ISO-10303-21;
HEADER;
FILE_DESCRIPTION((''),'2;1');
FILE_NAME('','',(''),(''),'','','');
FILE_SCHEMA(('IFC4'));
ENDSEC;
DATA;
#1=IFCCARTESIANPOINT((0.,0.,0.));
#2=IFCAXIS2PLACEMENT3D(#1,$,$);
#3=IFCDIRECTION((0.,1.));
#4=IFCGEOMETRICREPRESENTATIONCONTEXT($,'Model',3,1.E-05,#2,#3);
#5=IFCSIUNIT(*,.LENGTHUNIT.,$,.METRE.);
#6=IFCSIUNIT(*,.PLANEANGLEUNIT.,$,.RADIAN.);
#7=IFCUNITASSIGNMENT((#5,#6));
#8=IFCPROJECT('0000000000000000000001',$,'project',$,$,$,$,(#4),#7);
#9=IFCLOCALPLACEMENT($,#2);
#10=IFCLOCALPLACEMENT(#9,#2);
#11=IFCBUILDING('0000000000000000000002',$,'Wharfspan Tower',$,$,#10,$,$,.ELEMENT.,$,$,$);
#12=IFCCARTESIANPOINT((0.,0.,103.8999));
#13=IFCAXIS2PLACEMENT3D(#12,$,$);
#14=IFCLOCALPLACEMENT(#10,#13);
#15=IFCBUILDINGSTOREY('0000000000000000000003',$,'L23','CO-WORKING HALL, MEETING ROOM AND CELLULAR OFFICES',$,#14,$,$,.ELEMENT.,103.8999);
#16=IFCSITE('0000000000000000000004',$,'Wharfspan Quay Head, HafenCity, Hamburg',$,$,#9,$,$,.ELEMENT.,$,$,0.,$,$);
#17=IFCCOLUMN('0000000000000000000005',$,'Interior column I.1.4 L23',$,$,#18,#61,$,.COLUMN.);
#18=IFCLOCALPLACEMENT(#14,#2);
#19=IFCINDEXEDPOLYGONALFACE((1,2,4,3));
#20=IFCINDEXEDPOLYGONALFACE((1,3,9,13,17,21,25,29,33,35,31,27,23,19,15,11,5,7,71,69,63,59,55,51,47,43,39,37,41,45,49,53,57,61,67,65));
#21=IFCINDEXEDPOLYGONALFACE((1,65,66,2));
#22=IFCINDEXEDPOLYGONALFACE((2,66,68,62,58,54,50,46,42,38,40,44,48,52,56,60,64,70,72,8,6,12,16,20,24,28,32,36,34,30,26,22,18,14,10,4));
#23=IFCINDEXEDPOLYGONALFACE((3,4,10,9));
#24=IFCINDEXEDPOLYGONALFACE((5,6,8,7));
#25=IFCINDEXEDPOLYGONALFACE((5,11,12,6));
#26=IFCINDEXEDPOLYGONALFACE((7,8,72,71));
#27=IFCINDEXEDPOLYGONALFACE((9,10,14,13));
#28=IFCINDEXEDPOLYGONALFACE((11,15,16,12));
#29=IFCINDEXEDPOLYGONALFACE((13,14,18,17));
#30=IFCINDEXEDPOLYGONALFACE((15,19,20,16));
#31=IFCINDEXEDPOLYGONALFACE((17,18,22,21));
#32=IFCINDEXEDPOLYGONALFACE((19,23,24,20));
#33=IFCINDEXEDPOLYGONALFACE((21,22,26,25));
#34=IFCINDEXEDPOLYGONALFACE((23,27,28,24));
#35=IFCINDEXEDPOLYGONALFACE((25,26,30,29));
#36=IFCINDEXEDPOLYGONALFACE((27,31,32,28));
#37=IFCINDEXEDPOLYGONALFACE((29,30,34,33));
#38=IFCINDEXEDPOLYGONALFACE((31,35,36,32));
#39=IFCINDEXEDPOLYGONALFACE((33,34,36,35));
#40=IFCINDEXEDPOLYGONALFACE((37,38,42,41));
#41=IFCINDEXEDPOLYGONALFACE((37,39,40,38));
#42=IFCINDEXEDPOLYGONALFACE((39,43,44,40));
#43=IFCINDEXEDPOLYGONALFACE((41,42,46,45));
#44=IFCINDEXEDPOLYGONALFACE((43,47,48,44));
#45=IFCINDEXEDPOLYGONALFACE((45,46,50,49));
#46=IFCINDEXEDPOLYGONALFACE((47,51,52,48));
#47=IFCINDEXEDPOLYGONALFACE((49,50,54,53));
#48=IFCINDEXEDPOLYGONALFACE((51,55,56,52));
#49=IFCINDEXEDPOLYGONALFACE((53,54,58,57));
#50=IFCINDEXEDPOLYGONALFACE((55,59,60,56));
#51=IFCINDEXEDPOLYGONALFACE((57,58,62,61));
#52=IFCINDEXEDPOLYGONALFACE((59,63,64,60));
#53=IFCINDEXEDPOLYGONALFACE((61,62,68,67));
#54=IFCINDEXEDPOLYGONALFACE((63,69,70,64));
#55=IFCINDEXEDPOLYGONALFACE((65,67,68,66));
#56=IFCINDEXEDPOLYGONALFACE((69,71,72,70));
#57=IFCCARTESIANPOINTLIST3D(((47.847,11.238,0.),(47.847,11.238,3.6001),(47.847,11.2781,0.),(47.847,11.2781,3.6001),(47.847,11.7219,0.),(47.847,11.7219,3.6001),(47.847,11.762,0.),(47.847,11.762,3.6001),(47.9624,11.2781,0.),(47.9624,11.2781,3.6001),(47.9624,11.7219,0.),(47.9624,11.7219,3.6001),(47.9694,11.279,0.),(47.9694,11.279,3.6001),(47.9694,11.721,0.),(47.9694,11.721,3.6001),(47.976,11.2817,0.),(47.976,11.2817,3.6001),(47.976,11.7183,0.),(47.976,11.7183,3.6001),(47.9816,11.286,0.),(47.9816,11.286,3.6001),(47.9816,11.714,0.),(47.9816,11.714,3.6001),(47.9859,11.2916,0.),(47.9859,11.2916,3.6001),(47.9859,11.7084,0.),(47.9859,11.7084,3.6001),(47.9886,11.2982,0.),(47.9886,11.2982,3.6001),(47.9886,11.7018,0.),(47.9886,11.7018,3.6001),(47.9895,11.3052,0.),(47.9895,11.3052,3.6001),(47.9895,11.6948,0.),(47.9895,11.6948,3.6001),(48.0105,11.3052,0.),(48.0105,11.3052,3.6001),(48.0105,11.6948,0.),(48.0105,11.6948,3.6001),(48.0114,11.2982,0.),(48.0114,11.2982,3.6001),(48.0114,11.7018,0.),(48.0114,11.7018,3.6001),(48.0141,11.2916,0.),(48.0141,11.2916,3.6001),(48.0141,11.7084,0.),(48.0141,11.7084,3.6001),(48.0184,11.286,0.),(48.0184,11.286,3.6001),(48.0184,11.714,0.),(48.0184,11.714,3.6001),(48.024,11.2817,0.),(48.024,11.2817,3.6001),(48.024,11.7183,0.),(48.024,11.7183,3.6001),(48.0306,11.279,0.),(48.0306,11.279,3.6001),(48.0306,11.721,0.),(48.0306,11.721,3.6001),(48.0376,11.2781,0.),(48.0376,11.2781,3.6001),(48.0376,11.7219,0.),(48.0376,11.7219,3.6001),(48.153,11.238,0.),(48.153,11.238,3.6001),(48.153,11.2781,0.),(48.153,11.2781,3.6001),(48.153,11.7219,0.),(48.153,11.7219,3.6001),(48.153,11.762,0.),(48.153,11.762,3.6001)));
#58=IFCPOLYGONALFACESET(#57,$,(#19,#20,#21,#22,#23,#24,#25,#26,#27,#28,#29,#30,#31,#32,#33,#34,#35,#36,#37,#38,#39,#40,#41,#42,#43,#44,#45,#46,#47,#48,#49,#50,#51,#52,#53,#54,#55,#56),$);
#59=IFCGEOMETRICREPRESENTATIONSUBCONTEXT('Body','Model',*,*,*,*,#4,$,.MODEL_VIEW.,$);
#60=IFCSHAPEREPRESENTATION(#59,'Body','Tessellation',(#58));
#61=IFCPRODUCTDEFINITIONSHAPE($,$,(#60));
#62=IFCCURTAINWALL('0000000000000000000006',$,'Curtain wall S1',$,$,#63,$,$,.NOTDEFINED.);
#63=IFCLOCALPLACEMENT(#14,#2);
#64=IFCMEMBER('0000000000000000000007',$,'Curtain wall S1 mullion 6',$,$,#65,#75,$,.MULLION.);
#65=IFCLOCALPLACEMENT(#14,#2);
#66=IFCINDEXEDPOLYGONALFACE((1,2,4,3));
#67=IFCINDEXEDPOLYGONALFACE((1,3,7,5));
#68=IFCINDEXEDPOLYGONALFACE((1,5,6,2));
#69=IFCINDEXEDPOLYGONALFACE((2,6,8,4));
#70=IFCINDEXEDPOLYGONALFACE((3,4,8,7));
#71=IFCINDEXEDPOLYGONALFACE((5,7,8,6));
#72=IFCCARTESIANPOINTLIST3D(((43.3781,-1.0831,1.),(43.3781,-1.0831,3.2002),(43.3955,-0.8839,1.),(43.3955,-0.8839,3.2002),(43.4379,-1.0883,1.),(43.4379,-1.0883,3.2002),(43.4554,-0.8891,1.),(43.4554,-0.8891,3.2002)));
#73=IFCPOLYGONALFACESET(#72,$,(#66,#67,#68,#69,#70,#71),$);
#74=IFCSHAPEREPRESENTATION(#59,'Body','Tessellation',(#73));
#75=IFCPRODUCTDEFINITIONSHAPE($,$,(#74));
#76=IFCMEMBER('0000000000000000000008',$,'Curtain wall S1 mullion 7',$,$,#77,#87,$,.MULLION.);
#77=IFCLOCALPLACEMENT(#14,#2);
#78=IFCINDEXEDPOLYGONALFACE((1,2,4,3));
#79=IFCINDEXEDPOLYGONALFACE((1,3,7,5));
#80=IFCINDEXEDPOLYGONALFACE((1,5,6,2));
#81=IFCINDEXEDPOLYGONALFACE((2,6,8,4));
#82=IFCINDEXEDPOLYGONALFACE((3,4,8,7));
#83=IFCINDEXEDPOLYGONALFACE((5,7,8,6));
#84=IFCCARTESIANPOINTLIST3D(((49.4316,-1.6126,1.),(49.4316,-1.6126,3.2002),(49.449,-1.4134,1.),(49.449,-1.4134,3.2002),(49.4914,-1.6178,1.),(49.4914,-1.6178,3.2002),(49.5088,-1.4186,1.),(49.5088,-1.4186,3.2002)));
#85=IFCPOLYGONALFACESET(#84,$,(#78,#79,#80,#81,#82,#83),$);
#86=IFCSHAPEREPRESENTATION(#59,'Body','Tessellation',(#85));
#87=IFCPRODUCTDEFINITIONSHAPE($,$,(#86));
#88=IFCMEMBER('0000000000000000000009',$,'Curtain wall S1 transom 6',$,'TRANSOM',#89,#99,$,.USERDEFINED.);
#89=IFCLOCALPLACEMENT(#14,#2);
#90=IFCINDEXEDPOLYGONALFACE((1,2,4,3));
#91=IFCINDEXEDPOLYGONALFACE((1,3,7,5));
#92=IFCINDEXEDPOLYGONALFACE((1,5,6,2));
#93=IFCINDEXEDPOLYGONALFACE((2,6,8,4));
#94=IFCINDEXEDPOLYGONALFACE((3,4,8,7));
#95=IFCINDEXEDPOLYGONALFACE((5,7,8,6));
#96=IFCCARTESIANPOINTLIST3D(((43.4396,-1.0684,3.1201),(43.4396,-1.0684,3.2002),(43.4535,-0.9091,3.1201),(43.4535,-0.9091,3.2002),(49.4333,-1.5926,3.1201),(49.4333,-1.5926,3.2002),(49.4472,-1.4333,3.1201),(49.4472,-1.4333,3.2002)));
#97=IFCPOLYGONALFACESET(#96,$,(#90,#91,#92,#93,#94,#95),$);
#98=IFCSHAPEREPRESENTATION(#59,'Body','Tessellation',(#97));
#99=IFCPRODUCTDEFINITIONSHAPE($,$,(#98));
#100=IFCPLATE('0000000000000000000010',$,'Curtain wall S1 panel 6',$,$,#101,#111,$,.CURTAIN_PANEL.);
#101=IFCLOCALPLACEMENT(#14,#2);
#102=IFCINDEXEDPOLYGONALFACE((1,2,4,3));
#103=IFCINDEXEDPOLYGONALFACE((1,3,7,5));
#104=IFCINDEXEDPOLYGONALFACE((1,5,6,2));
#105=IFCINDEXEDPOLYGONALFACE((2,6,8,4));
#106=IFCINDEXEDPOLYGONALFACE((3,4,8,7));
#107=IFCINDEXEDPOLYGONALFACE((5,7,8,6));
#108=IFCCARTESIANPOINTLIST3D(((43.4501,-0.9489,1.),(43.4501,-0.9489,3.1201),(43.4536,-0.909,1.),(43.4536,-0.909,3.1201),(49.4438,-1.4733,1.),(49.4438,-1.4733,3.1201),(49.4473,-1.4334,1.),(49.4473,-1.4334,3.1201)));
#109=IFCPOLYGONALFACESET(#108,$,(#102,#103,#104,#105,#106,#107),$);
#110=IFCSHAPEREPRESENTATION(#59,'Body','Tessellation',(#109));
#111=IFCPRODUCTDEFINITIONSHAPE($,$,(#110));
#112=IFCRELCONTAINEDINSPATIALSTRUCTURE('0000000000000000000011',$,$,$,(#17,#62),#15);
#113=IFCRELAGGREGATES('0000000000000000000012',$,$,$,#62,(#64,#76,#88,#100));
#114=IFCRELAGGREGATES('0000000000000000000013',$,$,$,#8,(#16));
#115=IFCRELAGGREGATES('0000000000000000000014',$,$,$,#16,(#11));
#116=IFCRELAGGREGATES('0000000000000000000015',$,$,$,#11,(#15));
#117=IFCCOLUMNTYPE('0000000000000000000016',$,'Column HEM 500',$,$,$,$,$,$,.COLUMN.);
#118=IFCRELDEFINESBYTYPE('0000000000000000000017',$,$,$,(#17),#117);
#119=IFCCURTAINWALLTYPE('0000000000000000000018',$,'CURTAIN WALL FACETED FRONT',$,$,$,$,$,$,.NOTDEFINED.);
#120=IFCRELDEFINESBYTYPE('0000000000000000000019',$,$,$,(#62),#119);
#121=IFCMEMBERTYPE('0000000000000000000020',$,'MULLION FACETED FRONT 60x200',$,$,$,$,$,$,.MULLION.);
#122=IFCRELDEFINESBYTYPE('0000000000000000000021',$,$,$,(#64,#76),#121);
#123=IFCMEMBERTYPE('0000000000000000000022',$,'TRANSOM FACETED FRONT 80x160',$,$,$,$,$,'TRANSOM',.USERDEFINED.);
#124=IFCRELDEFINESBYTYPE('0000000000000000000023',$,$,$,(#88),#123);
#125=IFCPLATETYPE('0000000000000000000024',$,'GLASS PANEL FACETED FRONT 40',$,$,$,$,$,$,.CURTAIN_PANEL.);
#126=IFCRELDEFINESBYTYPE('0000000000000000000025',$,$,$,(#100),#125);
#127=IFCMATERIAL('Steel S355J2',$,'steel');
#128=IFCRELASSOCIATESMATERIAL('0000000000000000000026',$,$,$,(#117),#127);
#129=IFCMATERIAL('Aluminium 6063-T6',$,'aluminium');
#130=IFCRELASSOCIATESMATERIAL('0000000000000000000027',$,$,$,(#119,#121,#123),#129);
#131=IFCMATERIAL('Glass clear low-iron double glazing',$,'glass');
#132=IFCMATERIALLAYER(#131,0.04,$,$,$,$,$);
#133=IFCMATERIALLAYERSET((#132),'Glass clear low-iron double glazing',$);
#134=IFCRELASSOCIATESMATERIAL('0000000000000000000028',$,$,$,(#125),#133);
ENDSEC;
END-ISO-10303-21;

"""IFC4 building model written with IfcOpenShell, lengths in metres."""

from ifc_helpers import new_model, si_unit, direction, frame, origin, origin_2d, place, context, subcontext, project, spatial, rectangle, i_section, extrude, material, layer, layer_set, material_profile, profile_set, type_object, element, aggregate, save


model = new_model("IFC4")

# Units and contexts
model_context = context("Model", 3, precision=1e-05, world=origin(), true_north=direction((0.0, 1.0)))
body_context = subcontext(model_context, "Body", "Model", "MODEL_VIEW")
ifc_project = project(units=[si_unit("LENGTHUNIT", "METRE"), si_unit("PLANEANGLEUNIT", "RADIAN")], contexts=[model_context])

# Site, building, storey
site_placement = place(None, origin())
site = spatial("IfcSite", under=ifc_project, at=site_placement, Name="Wharfspan Quay Head, HafenCity, Hamburg", CompositionType="ELEMENT", RefElevation=0.0)
building_placement = place(site_placement, origin())
building = spatial("IfcBuilding", under=site, at=building_placement, Name="Wharfspan Tower", CompositionType="ELEMENT")
storey_placement = place(building_placement, frame((0.0, 0.0, 103.8999)))
storey = spatial("IfcBuildingStorey", under=building, at=storey_placement, Name="L23", Description="CO-WORKING HALL, MEETING ROOM AND CELLULAR OFFICES", CompositionType="ELEMENT", Elevation=103.8999)

# Column
ifc_material_1 = material(Name="Steel S355J2", Category="steel")
ifc_material_profile_1 = material_profile(ifc_material_1, i_section(OverallWidth=0.3059, OverallDepth=0.5239, WebThickness=0.021, FlangeThickness=0.04, FilletRadius=0.0271, at=origin_2d()))
ifc_profile_set_1 = profile_set([ifc_material_profile_1], Name="Steel S355J2")
column_type = type_object("IfcColumnType", Name="Column HEM 500", PredefinedType="COLUMN", material=ifc_profile_set_1)
column_placement = place(storey_placement, frame((48.0, 11.5, 0.0), z_axis=(0.0, 0.0, 1.0), x_axis=(1.0, 0.0, 0.0)))
element("IfcColumn", 1, at=column_placement, inside=storey, type_object=column_type, Name="Interior column I.1.4 L23", PredefinedType="COLUMN", context=body_context, shape_type="SweptSolid", body=[
    extrude(i_section(OverallWidth=0.3059, OverallDepth=0.5239, WebThickness=0.021, FlangeThickness=0.04, FilletRadius=0.0271, at=origin_2d()), origin(), (0.0, 0.0, 1.0), 3.6001),
])

# Curtain wall, members, plate
ifc_material_2 = material(Name="Aluminium 6063-T6", Category="aluminium")
curtain_wall_type = type_object("IfcCurtainWallType", Name="CURTAIN WALL FACETED FRONT", PredefinedType="NOTDEFINED", material=ifc_material_2)
curtain_wall_placement = place(storey_placement, origin())
curtain_wall = element("IfcCurtainWall", 2, at=curtain_wall_placement, inside=storey, type_object=curtain_wall_type, Name="Curtain wall S1", PredefinedType="NOTDEFINED")
ifc_material_profile_2 = material_profile(ifc_material_2, rectangle(XDim=0.2, YDim=0.0601, at=origin_2d()))
ifc_profile_set_2 = profile_set([ifc_material_profile_2], Name="Aluminium 6063-T6")
member_type_1 = type_object("IfcMemberType", Name="MULLION FACETED FRONT 60x200", PredefinedType="MULLION", material=ifc_profile_set_2)
member_1_placement = place(storey_placement, frame((43.4167, -0.9861, 1.0), z_axis=(0.0, 0.0, 1.0), x_axis=(0.087156, 0.996198, 0.0)))
member_1 = element("IfcMember", 3, at=member_1_placement, type_object=member_type_1, Name="Curtain wall S1 mullion 6", PredefinedType="MULLION", context=body_context, shape_type="SweptSolid", body=[
    extrude(rectangle(XDim=0.2, YDim=0.0601, at=origin_2d()), origin(), (0.0, 0.0, 1.0), 2.2002),
])
member_2_placement = place(storey_placement, frame((49.4702, -1.5156, 1.0), z_axis=(0.0, 0.0, 1.0), x_axis=(0.087156, 0.996198, 0.0)))
member_2 = element("IfcMember", 4, at=member_2_placement, type_object=member_type_1, Name="Curtain wall S1 mullion 7", PredefinedType="MULLION", context=body_context, shape_type="SweptSolid", body=[
    extrude(rectangle(XDim=0.2, YDim=0.0601, at=origin_2d()), origin(), (0.0, 0.0, 1.0), 2.2002),
])
ifc_material_profile_3 = material_profile(ifc_material_2, rectangle(XDim=0.1599, YDim=0.0801, at=origin_2d()))
ifc_profile_set_3 = profile_set([ifc_material_profile_3], Name="Aluminium 6063-T6")
member_type_2 = type_object("IfcMemberType", Name="TRANSOM FACETED FRONT 80x160", ElementType="TRANSOM", PredefinedType="USERDEFINED", material=ifc_profile_set_3)
member_3_placement = place(storey_placement, frame((43.4465, -0.9888, 3.1602), z_axis=(0.996198, -0.087122, 0.0), x_axis=(0.087122, 0.996198, 0.0)))
member_3 = element("IfcMember", 5, at=member_3_placement, type_object=member_type_2, Name="Curtain wall S1 transom 6", ObjectType="TRANSOM", PredefinedType="USERDEFINED", context=body_context, shape_type="SweptSolid", body=[
    extrude(rectangle(XDim=0.1599, YDim=0.0801, at=origin_2d()), origin(), (0.0, 0.0, 1.0), 6.0166),
])
ifc_material_3 = material(Name="Glass clear low-iron double glazing", Category="glass")
ifc_layer_1 = layer(ifc_material_3, 0.04)
ifc_layer_set_1 = layer_set([ifc_layer_1], Name="Glass clear low-iron double glazing")
plate_type = type_object("IfcPlateType", Name="GLASS PANEL FACETED FRONT 40", PredefinedType="CURTAIN_PANEL", material=ifc_layer_set_1)
plate_placement = place(storey_placement, frame((46.4487, -1.1912, 1.0), z_axis=(0.0, 0.0, 1.0), x_axis=(0.996198, -0.087156, 0.0)))
plate = element("IfcPlate", 6, at=plate_placement, type_object=plate_type, Name="Curtain wall S1 panel 6", PredefinedType="CURTAIN_PANEL", context=body_context, shape_type="SweptSolid", body=[
    extrude(rectangle(XDim=6.0166, YDim=0.04, at=origin_2d()), origin(), (0.0, 0.0, 1.0), 2.1201),
])
aggregate(curtain_wall, [member_1, member_2, member_3, plate])

save(model, "model.ifc")
